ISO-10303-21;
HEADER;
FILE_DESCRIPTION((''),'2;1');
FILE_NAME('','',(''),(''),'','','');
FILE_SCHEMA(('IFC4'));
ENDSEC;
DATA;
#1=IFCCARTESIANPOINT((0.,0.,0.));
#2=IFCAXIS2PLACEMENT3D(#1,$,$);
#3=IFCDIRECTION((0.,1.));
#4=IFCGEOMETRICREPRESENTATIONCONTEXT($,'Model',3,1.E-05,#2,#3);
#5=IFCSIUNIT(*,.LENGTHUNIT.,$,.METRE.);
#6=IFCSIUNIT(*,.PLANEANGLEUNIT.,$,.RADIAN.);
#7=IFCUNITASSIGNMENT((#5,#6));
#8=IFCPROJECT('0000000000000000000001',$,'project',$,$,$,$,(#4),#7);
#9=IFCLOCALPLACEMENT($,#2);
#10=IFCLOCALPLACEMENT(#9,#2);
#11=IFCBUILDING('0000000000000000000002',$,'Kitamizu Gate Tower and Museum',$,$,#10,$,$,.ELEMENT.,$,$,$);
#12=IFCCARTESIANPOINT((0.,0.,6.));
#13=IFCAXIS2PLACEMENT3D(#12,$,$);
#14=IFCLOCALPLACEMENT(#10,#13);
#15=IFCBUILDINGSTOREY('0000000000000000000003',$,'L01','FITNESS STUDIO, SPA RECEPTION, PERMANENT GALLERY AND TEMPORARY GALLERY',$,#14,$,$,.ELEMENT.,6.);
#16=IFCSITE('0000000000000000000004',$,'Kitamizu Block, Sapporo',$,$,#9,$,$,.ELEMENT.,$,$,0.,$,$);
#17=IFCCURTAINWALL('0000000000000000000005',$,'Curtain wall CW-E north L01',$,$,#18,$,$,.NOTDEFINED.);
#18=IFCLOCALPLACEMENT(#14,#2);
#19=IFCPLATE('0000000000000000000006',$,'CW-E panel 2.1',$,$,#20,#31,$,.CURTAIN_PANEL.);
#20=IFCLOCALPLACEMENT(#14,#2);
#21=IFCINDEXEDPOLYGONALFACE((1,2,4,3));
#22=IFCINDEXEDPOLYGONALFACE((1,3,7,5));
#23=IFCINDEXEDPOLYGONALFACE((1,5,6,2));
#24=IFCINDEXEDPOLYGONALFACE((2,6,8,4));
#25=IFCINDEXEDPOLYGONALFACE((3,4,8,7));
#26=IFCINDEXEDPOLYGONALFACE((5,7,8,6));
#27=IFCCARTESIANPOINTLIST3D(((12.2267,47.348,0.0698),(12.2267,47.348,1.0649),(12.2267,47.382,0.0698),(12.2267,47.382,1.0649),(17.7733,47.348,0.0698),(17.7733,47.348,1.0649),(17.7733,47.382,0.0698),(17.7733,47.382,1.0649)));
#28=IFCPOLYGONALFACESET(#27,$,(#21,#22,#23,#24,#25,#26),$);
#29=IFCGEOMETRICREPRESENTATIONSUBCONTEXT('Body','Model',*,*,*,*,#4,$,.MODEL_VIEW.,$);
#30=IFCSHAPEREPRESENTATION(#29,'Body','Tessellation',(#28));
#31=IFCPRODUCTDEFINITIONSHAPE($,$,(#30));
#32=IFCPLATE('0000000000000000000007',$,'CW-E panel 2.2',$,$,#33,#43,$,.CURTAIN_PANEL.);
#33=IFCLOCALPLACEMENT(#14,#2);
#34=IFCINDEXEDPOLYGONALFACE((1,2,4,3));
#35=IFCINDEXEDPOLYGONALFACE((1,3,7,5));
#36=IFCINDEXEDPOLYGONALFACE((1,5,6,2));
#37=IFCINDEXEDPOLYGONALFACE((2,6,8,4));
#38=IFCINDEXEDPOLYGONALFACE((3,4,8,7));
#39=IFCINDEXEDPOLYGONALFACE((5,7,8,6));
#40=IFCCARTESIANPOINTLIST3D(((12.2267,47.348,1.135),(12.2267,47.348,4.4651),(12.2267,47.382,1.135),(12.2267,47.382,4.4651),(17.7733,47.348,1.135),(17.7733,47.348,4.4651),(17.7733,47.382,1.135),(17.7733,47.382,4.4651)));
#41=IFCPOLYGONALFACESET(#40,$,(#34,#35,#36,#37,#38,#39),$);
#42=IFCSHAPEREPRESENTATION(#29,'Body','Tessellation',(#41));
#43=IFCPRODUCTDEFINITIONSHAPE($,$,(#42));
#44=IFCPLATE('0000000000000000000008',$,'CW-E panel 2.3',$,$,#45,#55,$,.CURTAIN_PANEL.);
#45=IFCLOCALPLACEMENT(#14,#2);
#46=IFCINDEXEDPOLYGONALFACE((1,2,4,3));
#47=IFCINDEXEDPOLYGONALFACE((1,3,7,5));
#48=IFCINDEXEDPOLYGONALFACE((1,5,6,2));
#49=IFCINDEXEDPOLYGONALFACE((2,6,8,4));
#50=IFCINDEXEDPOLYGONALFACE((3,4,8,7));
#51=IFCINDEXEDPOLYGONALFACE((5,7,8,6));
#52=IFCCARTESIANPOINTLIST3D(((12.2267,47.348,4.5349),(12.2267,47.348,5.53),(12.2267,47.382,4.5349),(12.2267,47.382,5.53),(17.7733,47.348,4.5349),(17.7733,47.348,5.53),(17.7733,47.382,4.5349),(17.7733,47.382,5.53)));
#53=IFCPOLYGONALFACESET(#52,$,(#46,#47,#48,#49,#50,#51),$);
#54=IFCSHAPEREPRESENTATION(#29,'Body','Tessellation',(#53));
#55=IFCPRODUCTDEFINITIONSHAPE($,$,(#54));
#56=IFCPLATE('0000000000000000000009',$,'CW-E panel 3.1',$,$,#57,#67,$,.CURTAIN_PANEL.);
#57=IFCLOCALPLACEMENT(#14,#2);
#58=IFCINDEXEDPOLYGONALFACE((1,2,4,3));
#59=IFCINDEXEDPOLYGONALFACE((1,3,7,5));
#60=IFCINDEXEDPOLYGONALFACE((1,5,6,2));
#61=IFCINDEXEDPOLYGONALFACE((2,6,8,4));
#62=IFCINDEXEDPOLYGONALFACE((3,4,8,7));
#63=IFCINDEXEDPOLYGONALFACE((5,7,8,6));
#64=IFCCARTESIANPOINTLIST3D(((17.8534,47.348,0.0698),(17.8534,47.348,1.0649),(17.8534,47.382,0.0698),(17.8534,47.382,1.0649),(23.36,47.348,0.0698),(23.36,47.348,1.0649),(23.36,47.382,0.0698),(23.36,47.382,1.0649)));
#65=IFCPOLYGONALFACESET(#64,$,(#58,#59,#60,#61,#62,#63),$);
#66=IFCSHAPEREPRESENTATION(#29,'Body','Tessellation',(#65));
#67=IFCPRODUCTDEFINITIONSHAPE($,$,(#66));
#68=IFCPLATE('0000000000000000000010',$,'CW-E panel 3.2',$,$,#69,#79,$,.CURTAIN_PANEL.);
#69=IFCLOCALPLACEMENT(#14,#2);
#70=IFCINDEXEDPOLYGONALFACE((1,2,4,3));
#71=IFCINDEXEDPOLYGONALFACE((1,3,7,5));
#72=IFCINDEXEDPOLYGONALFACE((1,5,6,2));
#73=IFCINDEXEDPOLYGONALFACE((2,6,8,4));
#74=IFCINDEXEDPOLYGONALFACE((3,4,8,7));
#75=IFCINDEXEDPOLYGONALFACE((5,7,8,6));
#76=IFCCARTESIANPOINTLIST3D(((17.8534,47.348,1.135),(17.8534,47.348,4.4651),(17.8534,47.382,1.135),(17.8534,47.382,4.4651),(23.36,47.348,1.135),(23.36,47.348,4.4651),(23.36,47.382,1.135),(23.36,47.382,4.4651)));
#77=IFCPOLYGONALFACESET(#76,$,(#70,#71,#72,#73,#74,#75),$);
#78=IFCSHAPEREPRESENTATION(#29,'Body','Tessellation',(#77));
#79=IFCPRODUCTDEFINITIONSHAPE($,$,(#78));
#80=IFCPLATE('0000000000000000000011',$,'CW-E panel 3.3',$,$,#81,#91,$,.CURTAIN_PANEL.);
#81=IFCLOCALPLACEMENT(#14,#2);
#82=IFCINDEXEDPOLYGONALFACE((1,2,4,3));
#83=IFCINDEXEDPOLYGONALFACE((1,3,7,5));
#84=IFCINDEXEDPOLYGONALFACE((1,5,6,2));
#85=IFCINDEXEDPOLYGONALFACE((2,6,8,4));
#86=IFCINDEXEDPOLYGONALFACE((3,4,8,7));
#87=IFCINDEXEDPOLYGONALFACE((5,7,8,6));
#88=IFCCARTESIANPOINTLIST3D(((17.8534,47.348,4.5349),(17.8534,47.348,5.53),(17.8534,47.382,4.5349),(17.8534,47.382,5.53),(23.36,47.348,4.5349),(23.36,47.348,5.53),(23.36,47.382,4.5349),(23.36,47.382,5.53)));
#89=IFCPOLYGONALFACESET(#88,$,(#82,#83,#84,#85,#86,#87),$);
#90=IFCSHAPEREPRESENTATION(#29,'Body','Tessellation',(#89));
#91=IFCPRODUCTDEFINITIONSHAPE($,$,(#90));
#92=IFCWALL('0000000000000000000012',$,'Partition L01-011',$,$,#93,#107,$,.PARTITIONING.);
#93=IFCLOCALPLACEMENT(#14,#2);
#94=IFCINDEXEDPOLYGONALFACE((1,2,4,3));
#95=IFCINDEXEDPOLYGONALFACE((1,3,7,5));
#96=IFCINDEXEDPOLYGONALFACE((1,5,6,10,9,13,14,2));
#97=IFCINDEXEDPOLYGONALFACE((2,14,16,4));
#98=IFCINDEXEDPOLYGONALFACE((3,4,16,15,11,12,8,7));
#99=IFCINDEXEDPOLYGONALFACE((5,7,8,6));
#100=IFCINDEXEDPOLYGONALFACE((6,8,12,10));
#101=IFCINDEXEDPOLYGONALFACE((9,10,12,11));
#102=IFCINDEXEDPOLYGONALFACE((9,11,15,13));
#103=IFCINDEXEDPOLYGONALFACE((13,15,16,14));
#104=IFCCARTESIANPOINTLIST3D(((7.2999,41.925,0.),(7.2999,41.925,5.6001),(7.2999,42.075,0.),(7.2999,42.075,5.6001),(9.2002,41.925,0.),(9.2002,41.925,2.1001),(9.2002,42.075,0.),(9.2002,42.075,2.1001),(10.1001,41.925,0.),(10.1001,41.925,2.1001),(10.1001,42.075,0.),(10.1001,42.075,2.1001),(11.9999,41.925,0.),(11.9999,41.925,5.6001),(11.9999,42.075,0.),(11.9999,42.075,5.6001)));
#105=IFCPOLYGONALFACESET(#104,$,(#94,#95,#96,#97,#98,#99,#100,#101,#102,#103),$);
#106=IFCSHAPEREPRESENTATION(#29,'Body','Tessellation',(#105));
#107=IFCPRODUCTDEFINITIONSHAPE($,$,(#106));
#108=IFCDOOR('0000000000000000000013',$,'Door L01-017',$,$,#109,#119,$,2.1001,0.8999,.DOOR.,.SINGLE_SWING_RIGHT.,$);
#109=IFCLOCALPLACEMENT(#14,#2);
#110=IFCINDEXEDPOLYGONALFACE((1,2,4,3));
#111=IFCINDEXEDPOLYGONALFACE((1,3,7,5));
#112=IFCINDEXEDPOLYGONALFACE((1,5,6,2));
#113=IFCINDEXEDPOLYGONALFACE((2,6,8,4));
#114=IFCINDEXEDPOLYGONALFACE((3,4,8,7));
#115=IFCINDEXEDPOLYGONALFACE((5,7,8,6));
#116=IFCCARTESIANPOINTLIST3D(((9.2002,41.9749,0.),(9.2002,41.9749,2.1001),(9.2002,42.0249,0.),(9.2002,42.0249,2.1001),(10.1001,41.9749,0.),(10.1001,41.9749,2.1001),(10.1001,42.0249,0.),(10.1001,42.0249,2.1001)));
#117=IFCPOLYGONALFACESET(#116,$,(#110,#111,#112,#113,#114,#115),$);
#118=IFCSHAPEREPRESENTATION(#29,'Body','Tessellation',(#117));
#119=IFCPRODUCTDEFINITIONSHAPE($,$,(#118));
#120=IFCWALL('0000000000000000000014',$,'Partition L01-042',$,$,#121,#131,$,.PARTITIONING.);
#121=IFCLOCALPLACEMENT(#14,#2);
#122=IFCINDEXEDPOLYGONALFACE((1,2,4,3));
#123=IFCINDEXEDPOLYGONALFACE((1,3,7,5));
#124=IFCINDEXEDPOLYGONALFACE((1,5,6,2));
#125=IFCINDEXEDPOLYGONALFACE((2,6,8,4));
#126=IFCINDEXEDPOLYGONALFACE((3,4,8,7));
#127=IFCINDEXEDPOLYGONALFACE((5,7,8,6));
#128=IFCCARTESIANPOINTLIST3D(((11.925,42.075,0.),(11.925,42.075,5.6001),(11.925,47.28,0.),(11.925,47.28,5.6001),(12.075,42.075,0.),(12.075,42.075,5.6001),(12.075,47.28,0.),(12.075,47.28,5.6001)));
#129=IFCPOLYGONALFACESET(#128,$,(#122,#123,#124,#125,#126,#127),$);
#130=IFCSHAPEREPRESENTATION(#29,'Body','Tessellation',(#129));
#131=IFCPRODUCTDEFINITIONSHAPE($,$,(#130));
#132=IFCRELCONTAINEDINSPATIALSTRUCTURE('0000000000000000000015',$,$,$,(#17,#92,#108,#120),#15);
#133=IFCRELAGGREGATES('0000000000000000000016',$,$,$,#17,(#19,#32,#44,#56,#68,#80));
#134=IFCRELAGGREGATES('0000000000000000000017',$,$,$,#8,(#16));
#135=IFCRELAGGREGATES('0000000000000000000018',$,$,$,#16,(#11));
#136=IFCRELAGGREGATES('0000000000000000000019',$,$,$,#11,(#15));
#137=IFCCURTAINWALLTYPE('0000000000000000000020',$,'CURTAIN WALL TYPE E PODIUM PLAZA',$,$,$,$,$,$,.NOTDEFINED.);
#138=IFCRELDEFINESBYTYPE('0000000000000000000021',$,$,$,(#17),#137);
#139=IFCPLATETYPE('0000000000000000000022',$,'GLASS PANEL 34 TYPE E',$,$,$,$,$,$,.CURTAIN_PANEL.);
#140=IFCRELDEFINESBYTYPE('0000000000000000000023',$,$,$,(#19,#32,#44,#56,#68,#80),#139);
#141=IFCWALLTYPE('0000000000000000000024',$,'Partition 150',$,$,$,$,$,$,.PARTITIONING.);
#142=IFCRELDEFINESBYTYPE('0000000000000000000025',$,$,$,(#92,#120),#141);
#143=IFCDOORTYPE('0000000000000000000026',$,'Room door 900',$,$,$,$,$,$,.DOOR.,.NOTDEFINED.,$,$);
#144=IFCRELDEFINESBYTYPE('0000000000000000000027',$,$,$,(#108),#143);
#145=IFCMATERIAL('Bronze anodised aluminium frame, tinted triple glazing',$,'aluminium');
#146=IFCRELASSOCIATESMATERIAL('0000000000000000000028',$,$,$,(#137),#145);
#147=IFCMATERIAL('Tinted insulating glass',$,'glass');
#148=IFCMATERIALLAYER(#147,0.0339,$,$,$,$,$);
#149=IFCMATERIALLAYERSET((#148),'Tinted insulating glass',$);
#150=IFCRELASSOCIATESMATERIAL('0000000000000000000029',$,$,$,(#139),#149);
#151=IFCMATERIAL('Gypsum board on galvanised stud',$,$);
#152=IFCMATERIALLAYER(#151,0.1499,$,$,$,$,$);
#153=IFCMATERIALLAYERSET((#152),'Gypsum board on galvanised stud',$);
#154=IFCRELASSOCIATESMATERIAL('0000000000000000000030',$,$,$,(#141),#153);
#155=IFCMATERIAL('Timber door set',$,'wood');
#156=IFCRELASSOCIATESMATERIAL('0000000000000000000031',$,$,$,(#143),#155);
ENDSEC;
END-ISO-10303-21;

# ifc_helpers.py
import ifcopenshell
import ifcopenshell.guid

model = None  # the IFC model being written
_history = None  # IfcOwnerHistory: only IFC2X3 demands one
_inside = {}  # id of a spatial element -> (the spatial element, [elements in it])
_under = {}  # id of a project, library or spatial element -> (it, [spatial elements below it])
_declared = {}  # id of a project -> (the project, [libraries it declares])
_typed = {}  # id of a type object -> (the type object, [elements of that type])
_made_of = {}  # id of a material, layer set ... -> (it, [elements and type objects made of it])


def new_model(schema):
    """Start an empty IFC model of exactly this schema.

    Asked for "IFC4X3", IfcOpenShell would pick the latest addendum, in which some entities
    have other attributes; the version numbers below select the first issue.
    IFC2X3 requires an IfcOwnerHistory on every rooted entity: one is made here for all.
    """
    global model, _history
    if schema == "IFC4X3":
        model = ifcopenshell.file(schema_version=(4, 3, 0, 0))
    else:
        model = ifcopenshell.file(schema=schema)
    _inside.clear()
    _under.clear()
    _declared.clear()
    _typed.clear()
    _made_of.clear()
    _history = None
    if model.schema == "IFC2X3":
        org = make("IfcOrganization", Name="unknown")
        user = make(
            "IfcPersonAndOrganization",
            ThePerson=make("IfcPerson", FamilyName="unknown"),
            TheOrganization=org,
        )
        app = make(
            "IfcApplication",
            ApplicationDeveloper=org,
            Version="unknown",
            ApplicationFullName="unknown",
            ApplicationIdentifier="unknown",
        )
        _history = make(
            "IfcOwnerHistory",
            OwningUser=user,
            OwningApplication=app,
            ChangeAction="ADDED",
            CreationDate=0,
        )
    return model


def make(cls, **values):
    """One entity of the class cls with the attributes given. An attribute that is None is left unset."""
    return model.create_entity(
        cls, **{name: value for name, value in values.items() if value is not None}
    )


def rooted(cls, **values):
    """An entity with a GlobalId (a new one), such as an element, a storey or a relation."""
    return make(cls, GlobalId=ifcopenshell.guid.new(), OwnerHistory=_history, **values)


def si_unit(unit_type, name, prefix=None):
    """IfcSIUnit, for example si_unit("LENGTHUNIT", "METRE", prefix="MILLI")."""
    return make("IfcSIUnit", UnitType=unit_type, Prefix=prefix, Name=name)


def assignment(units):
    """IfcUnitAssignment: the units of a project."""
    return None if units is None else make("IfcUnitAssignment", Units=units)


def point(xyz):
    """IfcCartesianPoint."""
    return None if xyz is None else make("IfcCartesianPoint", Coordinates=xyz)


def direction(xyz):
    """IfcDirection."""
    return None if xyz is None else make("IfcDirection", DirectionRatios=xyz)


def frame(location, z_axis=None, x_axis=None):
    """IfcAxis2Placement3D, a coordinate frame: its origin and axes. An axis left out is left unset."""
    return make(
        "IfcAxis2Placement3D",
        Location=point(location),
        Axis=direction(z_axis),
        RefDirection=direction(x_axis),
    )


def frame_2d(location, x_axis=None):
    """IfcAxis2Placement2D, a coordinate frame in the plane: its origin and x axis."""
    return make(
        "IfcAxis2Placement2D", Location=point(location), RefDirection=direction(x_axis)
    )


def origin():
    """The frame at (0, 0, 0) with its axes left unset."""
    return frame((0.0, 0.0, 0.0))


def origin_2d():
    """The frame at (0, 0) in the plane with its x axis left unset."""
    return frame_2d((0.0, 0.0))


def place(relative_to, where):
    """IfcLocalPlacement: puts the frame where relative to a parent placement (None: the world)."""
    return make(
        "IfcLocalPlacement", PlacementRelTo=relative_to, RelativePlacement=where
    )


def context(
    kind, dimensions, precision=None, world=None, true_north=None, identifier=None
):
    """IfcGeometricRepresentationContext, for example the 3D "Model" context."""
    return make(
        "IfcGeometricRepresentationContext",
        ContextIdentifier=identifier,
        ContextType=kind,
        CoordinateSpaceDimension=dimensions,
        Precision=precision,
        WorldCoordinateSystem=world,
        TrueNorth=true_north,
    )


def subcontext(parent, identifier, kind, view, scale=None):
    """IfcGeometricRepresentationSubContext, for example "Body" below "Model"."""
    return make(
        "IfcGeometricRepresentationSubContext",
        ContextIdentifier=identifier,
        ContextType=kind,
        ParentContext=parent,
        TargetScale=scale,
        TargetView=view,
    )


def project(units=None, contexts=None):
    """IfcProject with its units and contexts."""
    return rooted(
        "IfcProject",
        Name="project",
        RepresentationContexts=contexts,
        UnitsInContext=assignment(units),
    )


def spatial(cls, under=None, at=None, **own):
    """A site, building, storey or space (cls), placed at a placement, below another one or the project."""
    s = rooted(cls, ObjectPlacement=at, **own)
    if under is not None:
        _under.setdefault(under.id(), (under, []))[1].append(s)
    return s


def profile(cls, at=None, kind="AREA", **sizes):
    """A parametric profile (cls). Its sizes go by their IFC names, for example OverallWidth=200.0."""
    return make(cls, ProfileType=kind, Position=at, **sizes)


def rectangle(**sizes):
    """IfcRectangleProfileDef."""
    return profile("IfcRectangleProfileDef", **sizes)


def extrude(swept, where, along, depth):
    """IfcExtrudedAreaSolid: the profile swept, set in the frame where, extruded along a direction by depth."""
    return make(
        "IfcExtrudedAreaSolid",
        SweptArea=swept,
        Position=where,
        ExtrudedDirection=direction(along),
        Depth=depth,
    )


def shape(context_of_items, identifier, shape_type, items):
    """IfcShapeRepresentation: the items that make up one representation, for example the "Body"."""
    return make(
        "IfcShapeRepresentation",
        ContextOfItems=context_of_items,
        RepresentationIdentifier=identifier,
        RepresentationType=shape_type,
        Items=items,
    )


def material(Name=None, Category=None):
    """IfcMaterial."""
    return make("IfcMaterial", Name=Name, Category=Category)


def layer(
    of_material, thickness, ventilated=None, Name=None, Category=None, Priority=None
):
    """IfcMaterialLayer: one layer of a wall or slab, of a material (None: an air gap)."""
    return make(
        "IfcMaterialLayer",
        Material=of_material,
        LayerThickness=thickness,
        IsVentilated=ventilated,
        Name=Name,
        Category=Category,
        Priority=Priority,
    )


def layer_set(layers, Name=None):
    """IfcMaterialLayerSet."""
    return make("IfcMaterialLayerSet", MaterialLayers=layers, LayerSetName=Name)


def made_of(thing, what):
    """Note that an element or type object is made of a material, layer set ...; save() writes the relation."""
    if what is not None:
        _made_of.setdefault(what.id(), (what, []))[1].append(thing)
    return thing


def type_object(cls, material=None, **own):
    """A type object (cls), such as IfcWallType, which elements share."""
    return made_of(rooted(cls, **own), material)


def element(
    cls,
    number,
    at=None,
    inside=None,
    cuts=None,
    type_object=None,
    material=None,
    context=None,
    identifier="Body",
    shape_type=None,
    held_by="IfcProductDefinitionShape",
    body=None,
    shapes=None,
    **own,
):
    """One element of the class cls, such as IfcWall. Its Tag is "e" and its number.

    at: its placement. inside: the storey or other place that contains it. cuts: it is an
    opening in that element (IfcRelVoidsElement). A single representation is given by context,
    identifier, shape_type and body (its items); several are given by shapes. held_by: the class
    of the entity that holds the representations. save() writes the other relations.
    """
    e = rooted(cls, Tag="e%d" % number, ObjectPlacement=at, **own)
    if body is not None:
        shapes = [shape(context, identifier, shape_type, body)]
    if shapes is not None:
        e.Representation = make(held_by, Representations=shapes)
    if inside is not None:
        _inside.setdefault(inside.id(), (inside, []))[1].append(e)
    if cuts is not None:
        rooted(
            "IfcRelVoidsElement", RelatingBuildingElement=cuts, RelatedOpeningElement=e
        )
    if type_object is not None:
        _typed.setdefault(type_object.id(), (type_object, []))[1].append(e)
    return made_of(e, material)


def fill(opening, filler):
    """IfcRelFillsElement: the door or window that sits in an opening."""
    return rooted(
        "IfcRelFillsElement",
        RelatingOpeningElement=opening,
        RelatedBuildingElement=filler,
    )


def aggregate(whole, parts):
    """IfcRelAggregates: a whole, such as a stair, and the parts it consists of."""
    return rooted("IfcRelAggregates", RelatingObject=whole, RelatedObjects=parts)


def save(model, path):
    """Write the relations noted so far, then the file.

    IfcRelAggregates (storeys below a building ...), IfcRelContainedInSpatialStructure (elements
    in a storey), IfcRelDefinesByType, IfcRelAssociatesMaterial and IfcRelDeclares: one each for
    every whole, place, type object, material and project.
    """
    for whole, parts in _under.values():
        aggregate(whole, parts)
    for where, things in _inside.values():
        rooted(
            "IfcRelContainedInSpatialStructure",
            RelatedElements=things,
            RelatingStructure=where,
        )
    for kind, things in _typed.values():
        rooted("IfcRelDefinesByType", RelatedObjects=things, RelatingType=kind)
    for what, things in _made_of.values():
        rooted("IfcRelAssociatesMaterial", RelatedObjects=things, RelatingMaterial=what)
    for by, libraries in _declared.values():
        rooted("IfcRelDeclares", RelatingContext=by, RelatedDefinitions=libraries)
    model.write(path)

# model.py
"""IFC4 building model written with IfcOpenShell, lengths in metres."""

from ifc_helpers import new_model, si_unit, direction, frame, frame_2d, origin, origin_2d, place, context, subcontext, project, spatial, rectangle, extrude, material, layer, layer_set, type_object, element, fill, aggregate, save


model = new_model("IFC4")

# Units and contexts
model_context = context("Model", 3, precision=1e-05, world=origin(), true_north=direction((0.0, 1.0)))
body_context = subcontext(model_context, "Body", "Model", "MODEL_VIEW")
ifc_project = project(units=[si_unit("LENGTHUNIT", "METRE"), si_unit("PLANEANGLEUNIT", "RADIAN")], contexts=[model_context])

# Site, building, storey
site_placement = place(None, origin())
site = spatial("IfcSite", under=ifc_project, at=site_placement, Name="Kitamizu Block, Sapporo", CompositionType="ELEMENT", RefElevation=0.0)
building_placement = place(site_placement, origin())
building = spatial("IfcBuilding", under=site, at=building_placement, Name="Kitamizu Gate Tower and Museum", CompositionType="ELEMENT")
storey_placement = place(building_placement, frame((0.0, 0.0, 6.0)))
storey = spatial("IfcBuildingStorey", under=building, at=storey_placement, Name="L01", Description="FITNESS STUDIO, SPA RECEPTION, PERMANENT GALLERY AND TEMPORARY GALLERY", CompositionType="ELEMENT", Elevation=6.0)

# Curtain wall, plates
ifc_material_1 = material(Name="Bronze anodised aluminium frame, tinted triple glazing", Category="aluminium")
curtain_wall_type = type_object("IfcCurtainWallType", Name="CURTAIN WALL TYPE E PODIUM PLAZA", PredefinedType="NOTDEFINED", material=ifc_material_1)
curtain_wall_placement = place(storey_placement, origin())
curtain_wall = element("IfcCurtainWall", 1, at=curtain_wall_placement, inside=storey, type_object=curtain_wall_type, Name="Curtain wall CW-E north L01", PredefinedType="NOTDEFINED")
ifc_material_2 = material(Name="Tinted insulating glass", Category="glass")
ifc_layer_1 = layer(ifc_material_2, 0.0339)
ifc_layer_set_1 = layer_set([ifc_layer_1], Name="Tinted insulating glass")
plate_type = type_object("IfcPlateType", Name="GLASS PANEL 34 TYPE E", PredefinedType="CURTAIN_PANEL", material=ifc_layer_set_1)
plate_1_placement = place(storey_placement, frame((15.0, 47.365, 0.0698), z_axis=(0.0, 0.0, 1.0), x_axis=(1.0, 0.0, 0.0)))
plate_1 = element("IfcPlate", 2, at=plate_1_placement, type_object=plate_type, Name="CW-E panel 2.1", PredefinedType="CURTAIN_PANEL", context=body_context, shape_type="SweptSolid", body=[
    extrude(rectangle(XDim=5.5466, YDim=0.0339, at=origin_2d()), origin(), (0.0, 0.0, 1.0), 0.9951),
])
plate_2_placement = place(storey_placement, frame((15.0, 47.365, 1.135), z_axis=(0.0, 0.0, 1.0), x_axis=(1.0, 0.0, 0.0)))
plate_2 = element("IfcPlate", 3, at=plate_2_placement, type_object=plate_type, Name="CW-E panel 2.2", PredefinedType="CURTAIN_PANEL", context=body_context, shape_type="SweptSolid", body=[
    extrude(rectangle(XDim=5.5466, YDim=0.0339, at=origin_2d()), origin(), (0.0, 0.0, 1.0), 3.3301),
])
plate_3_placement = place(storey_placement, frame((15.0, 47.365, 4.5349), z_axis=(0.0, 0.0, 1.0), x_axis=(1.0, 0.0, 0.0)))
plate_3 = element("IfcPlate", 4, at=plate_3_placement, type_object=plate_type, Name="CW-E panel 2.3", PredefinedType="CURTAIN_PANEL", context=body_context, shape_type="SweptSolid", body=[
    extrude(rectangle(XDim=5.5466, YDim=0.0339, at=origin_2d()), origin(), (0.0, 0.0, 1.0), 0.9951),
])
plate_4_placement = place(storey_placement, frame((20.6067, 47.365, 0.0698), z_axis=(0.0, 0.0, 1.0), x_axis=(1.0, 0.0, 0.0)))
plate_4 = element("IfcPlate", 5, at=plate_4_placement, type_object=plate_type, Name="CW-E panel 3.1", PredefinedType="CURTAIN_PANEL", context=body_context, shape_type="SweptSolid", body=[
    extrude(rectangle(XDim=5.5066, YDim=0.0339, at=origin_2d()), origin(), (0.0, 0.0, 1.0), 0.9951),
])
plate_5_placement = place(storey_placement, frame((20.6067, 47.365, 1.135), z_axis=(0.0, 0.0, 1.0), x_axis=(1.0, 0.0, 0.0)))
plate_5 = element("IfcPlate", 6, at=plate_5_placement, type_object=plate_type, Name="CW-E panel 3.2", PredefinedType="CURTAIN_PANEL", context=body_context, shape_type="SweptSolid", body=[
    extrude(rectangle(XDim=5.5066, YDim=0.0339, at=origin_2d()), origin(), (0.0, 0.0, 1.0), 3.3301),
])
plate_6_placement = place(storey_placement, frame((20.6067, 47.365, 4.5349), z_axis=(0.0, 0.0, 1.0), x_axis=(1.0, 0.0, 0.0)))
plate_6 = element("IfcPlate", 7, at=plate_6_placement, type_object=plate_type, Name="CW-E panel 3.3", PredefinedType="CURTAIN_PANEL", context=body_context, shape_type="SweptSolid", body=[
    extrude(rectangle(XDim=5.5066, YDim=0.0339, at=origin_2d()), origin(), (0.0, 0.0, 1.0), 0.9951),
])
aggregate(curtain_wall, [plate_1, plate_2, plate_3, plate_4, plate_5, plate_6])

# Wall, opening, door
ifc_material_3 = material(Name="Gypsum board on galvanised stud")
ifc_layer_2 = layer(ifc_material_3, 0.1499)
ifc_layer_set_2 = layer_set([ifc_layer_2], Name="Gypsum board on galvanised stud")
wall_type = type_object("IfcWallType", Name="Partition 150", PredefinedType="PARTITIONING", material=ifc_layer_set_2)
wall_1_placement = place(storey_placement, frame((12.0, 42.0, 0.0), z_axis=(0.0, 0.0, 1.0), x_axis=(-1.0, 0.0, 0.0)))
wall_1 = element("IfcWall", 8, at=wall_1_placement, inside=storey, type_object=wall_type, Name="Partition L01-011", PredefinedType="PARTITIONING", context=body_context, shape_type="SweptSolid", body=[
    extrude(rectangle(XDim=4.7, YDim=0.1499, at=frame_2d((2.3501, 0.0))), origin(), (0.0, 0.0, 1.0), 5.6001),
])
opening_placement = place(wall_1_placement, frame((1.8999, 0.0, 0.0)))
opening = element("IfcOpeningElement", 9, at=opening_placement, cuts=wall_1, PredefinedType="OPENING", context=body_context, shape_type="SweptSolid", body=[
    extrude(rectangle(XDim=0.8999, YDim=2.1001, at=frame_2d((0.45, 1.05))), frame((0.0, 0.085, 0.0), z_axis=(0.0, -1.0, 0.0), x_axis=(1.0, 0.0, 0.0)), (0.0, 0.0, 1.0), 0.1699),
])
ifc_material_4 = material(Name="Timber door set", Category="wood")
door_type = type_object("IfcDoorType", Name="Room door 900", OperationType="NOTDEFINED", PredefinedType="DOOR", material=ifc_material_4)
door_placement = place(opening_placement, frame((0.8999, 0.0, 0.0), x_axis=(-1.0, 0.0, 0.0)))
door = element("IfcDoor", 10, at=door_placement, inside=storey, type_object=door_type, Name="Door L01-017", OperationType="SINGLE_SWING_RIGHT", OverallHeight=2.1001, OverallWidth=0.8999, PredefinedType="DOOR", context=body_context, shape_type="SweptSolid", body=[
    extrude(rectangle(XDim=0.8999, YDim=2.1001, at=frame_2d((0.45, 1.05))), frame((0.0, 0.0249, 0.0), z_axis=(0.0, -1.0, 0.0), x_axis=(1.0, 0.0, 0.0)), (0.0, 0.0, 1.0), 0.05),
])
fill(opening, door)

# Wall
wall_2_placement = place(storey_placement, frame((12.0, 42.075, 0.0), z_axis=(0.0, 0.0, 1.0), x_axis=(0.0, 1.0, 0.0)))
element("IfcWall", 11, at=wall_2_placement, inside=storey, type_object=wall_type, Name="Partition L01-042", PredefinedType="PARTITIONING", context=body_context, shape_type="SweptSolid", body=[
    extrude(rectangle(XDim=5.2051, YDim=0.1499, at=frame_2d((2.6025, 0.0))), origin(), (0.0, 0.0, 1.0), 5.6001),
])

save(model, "model.ifc")
